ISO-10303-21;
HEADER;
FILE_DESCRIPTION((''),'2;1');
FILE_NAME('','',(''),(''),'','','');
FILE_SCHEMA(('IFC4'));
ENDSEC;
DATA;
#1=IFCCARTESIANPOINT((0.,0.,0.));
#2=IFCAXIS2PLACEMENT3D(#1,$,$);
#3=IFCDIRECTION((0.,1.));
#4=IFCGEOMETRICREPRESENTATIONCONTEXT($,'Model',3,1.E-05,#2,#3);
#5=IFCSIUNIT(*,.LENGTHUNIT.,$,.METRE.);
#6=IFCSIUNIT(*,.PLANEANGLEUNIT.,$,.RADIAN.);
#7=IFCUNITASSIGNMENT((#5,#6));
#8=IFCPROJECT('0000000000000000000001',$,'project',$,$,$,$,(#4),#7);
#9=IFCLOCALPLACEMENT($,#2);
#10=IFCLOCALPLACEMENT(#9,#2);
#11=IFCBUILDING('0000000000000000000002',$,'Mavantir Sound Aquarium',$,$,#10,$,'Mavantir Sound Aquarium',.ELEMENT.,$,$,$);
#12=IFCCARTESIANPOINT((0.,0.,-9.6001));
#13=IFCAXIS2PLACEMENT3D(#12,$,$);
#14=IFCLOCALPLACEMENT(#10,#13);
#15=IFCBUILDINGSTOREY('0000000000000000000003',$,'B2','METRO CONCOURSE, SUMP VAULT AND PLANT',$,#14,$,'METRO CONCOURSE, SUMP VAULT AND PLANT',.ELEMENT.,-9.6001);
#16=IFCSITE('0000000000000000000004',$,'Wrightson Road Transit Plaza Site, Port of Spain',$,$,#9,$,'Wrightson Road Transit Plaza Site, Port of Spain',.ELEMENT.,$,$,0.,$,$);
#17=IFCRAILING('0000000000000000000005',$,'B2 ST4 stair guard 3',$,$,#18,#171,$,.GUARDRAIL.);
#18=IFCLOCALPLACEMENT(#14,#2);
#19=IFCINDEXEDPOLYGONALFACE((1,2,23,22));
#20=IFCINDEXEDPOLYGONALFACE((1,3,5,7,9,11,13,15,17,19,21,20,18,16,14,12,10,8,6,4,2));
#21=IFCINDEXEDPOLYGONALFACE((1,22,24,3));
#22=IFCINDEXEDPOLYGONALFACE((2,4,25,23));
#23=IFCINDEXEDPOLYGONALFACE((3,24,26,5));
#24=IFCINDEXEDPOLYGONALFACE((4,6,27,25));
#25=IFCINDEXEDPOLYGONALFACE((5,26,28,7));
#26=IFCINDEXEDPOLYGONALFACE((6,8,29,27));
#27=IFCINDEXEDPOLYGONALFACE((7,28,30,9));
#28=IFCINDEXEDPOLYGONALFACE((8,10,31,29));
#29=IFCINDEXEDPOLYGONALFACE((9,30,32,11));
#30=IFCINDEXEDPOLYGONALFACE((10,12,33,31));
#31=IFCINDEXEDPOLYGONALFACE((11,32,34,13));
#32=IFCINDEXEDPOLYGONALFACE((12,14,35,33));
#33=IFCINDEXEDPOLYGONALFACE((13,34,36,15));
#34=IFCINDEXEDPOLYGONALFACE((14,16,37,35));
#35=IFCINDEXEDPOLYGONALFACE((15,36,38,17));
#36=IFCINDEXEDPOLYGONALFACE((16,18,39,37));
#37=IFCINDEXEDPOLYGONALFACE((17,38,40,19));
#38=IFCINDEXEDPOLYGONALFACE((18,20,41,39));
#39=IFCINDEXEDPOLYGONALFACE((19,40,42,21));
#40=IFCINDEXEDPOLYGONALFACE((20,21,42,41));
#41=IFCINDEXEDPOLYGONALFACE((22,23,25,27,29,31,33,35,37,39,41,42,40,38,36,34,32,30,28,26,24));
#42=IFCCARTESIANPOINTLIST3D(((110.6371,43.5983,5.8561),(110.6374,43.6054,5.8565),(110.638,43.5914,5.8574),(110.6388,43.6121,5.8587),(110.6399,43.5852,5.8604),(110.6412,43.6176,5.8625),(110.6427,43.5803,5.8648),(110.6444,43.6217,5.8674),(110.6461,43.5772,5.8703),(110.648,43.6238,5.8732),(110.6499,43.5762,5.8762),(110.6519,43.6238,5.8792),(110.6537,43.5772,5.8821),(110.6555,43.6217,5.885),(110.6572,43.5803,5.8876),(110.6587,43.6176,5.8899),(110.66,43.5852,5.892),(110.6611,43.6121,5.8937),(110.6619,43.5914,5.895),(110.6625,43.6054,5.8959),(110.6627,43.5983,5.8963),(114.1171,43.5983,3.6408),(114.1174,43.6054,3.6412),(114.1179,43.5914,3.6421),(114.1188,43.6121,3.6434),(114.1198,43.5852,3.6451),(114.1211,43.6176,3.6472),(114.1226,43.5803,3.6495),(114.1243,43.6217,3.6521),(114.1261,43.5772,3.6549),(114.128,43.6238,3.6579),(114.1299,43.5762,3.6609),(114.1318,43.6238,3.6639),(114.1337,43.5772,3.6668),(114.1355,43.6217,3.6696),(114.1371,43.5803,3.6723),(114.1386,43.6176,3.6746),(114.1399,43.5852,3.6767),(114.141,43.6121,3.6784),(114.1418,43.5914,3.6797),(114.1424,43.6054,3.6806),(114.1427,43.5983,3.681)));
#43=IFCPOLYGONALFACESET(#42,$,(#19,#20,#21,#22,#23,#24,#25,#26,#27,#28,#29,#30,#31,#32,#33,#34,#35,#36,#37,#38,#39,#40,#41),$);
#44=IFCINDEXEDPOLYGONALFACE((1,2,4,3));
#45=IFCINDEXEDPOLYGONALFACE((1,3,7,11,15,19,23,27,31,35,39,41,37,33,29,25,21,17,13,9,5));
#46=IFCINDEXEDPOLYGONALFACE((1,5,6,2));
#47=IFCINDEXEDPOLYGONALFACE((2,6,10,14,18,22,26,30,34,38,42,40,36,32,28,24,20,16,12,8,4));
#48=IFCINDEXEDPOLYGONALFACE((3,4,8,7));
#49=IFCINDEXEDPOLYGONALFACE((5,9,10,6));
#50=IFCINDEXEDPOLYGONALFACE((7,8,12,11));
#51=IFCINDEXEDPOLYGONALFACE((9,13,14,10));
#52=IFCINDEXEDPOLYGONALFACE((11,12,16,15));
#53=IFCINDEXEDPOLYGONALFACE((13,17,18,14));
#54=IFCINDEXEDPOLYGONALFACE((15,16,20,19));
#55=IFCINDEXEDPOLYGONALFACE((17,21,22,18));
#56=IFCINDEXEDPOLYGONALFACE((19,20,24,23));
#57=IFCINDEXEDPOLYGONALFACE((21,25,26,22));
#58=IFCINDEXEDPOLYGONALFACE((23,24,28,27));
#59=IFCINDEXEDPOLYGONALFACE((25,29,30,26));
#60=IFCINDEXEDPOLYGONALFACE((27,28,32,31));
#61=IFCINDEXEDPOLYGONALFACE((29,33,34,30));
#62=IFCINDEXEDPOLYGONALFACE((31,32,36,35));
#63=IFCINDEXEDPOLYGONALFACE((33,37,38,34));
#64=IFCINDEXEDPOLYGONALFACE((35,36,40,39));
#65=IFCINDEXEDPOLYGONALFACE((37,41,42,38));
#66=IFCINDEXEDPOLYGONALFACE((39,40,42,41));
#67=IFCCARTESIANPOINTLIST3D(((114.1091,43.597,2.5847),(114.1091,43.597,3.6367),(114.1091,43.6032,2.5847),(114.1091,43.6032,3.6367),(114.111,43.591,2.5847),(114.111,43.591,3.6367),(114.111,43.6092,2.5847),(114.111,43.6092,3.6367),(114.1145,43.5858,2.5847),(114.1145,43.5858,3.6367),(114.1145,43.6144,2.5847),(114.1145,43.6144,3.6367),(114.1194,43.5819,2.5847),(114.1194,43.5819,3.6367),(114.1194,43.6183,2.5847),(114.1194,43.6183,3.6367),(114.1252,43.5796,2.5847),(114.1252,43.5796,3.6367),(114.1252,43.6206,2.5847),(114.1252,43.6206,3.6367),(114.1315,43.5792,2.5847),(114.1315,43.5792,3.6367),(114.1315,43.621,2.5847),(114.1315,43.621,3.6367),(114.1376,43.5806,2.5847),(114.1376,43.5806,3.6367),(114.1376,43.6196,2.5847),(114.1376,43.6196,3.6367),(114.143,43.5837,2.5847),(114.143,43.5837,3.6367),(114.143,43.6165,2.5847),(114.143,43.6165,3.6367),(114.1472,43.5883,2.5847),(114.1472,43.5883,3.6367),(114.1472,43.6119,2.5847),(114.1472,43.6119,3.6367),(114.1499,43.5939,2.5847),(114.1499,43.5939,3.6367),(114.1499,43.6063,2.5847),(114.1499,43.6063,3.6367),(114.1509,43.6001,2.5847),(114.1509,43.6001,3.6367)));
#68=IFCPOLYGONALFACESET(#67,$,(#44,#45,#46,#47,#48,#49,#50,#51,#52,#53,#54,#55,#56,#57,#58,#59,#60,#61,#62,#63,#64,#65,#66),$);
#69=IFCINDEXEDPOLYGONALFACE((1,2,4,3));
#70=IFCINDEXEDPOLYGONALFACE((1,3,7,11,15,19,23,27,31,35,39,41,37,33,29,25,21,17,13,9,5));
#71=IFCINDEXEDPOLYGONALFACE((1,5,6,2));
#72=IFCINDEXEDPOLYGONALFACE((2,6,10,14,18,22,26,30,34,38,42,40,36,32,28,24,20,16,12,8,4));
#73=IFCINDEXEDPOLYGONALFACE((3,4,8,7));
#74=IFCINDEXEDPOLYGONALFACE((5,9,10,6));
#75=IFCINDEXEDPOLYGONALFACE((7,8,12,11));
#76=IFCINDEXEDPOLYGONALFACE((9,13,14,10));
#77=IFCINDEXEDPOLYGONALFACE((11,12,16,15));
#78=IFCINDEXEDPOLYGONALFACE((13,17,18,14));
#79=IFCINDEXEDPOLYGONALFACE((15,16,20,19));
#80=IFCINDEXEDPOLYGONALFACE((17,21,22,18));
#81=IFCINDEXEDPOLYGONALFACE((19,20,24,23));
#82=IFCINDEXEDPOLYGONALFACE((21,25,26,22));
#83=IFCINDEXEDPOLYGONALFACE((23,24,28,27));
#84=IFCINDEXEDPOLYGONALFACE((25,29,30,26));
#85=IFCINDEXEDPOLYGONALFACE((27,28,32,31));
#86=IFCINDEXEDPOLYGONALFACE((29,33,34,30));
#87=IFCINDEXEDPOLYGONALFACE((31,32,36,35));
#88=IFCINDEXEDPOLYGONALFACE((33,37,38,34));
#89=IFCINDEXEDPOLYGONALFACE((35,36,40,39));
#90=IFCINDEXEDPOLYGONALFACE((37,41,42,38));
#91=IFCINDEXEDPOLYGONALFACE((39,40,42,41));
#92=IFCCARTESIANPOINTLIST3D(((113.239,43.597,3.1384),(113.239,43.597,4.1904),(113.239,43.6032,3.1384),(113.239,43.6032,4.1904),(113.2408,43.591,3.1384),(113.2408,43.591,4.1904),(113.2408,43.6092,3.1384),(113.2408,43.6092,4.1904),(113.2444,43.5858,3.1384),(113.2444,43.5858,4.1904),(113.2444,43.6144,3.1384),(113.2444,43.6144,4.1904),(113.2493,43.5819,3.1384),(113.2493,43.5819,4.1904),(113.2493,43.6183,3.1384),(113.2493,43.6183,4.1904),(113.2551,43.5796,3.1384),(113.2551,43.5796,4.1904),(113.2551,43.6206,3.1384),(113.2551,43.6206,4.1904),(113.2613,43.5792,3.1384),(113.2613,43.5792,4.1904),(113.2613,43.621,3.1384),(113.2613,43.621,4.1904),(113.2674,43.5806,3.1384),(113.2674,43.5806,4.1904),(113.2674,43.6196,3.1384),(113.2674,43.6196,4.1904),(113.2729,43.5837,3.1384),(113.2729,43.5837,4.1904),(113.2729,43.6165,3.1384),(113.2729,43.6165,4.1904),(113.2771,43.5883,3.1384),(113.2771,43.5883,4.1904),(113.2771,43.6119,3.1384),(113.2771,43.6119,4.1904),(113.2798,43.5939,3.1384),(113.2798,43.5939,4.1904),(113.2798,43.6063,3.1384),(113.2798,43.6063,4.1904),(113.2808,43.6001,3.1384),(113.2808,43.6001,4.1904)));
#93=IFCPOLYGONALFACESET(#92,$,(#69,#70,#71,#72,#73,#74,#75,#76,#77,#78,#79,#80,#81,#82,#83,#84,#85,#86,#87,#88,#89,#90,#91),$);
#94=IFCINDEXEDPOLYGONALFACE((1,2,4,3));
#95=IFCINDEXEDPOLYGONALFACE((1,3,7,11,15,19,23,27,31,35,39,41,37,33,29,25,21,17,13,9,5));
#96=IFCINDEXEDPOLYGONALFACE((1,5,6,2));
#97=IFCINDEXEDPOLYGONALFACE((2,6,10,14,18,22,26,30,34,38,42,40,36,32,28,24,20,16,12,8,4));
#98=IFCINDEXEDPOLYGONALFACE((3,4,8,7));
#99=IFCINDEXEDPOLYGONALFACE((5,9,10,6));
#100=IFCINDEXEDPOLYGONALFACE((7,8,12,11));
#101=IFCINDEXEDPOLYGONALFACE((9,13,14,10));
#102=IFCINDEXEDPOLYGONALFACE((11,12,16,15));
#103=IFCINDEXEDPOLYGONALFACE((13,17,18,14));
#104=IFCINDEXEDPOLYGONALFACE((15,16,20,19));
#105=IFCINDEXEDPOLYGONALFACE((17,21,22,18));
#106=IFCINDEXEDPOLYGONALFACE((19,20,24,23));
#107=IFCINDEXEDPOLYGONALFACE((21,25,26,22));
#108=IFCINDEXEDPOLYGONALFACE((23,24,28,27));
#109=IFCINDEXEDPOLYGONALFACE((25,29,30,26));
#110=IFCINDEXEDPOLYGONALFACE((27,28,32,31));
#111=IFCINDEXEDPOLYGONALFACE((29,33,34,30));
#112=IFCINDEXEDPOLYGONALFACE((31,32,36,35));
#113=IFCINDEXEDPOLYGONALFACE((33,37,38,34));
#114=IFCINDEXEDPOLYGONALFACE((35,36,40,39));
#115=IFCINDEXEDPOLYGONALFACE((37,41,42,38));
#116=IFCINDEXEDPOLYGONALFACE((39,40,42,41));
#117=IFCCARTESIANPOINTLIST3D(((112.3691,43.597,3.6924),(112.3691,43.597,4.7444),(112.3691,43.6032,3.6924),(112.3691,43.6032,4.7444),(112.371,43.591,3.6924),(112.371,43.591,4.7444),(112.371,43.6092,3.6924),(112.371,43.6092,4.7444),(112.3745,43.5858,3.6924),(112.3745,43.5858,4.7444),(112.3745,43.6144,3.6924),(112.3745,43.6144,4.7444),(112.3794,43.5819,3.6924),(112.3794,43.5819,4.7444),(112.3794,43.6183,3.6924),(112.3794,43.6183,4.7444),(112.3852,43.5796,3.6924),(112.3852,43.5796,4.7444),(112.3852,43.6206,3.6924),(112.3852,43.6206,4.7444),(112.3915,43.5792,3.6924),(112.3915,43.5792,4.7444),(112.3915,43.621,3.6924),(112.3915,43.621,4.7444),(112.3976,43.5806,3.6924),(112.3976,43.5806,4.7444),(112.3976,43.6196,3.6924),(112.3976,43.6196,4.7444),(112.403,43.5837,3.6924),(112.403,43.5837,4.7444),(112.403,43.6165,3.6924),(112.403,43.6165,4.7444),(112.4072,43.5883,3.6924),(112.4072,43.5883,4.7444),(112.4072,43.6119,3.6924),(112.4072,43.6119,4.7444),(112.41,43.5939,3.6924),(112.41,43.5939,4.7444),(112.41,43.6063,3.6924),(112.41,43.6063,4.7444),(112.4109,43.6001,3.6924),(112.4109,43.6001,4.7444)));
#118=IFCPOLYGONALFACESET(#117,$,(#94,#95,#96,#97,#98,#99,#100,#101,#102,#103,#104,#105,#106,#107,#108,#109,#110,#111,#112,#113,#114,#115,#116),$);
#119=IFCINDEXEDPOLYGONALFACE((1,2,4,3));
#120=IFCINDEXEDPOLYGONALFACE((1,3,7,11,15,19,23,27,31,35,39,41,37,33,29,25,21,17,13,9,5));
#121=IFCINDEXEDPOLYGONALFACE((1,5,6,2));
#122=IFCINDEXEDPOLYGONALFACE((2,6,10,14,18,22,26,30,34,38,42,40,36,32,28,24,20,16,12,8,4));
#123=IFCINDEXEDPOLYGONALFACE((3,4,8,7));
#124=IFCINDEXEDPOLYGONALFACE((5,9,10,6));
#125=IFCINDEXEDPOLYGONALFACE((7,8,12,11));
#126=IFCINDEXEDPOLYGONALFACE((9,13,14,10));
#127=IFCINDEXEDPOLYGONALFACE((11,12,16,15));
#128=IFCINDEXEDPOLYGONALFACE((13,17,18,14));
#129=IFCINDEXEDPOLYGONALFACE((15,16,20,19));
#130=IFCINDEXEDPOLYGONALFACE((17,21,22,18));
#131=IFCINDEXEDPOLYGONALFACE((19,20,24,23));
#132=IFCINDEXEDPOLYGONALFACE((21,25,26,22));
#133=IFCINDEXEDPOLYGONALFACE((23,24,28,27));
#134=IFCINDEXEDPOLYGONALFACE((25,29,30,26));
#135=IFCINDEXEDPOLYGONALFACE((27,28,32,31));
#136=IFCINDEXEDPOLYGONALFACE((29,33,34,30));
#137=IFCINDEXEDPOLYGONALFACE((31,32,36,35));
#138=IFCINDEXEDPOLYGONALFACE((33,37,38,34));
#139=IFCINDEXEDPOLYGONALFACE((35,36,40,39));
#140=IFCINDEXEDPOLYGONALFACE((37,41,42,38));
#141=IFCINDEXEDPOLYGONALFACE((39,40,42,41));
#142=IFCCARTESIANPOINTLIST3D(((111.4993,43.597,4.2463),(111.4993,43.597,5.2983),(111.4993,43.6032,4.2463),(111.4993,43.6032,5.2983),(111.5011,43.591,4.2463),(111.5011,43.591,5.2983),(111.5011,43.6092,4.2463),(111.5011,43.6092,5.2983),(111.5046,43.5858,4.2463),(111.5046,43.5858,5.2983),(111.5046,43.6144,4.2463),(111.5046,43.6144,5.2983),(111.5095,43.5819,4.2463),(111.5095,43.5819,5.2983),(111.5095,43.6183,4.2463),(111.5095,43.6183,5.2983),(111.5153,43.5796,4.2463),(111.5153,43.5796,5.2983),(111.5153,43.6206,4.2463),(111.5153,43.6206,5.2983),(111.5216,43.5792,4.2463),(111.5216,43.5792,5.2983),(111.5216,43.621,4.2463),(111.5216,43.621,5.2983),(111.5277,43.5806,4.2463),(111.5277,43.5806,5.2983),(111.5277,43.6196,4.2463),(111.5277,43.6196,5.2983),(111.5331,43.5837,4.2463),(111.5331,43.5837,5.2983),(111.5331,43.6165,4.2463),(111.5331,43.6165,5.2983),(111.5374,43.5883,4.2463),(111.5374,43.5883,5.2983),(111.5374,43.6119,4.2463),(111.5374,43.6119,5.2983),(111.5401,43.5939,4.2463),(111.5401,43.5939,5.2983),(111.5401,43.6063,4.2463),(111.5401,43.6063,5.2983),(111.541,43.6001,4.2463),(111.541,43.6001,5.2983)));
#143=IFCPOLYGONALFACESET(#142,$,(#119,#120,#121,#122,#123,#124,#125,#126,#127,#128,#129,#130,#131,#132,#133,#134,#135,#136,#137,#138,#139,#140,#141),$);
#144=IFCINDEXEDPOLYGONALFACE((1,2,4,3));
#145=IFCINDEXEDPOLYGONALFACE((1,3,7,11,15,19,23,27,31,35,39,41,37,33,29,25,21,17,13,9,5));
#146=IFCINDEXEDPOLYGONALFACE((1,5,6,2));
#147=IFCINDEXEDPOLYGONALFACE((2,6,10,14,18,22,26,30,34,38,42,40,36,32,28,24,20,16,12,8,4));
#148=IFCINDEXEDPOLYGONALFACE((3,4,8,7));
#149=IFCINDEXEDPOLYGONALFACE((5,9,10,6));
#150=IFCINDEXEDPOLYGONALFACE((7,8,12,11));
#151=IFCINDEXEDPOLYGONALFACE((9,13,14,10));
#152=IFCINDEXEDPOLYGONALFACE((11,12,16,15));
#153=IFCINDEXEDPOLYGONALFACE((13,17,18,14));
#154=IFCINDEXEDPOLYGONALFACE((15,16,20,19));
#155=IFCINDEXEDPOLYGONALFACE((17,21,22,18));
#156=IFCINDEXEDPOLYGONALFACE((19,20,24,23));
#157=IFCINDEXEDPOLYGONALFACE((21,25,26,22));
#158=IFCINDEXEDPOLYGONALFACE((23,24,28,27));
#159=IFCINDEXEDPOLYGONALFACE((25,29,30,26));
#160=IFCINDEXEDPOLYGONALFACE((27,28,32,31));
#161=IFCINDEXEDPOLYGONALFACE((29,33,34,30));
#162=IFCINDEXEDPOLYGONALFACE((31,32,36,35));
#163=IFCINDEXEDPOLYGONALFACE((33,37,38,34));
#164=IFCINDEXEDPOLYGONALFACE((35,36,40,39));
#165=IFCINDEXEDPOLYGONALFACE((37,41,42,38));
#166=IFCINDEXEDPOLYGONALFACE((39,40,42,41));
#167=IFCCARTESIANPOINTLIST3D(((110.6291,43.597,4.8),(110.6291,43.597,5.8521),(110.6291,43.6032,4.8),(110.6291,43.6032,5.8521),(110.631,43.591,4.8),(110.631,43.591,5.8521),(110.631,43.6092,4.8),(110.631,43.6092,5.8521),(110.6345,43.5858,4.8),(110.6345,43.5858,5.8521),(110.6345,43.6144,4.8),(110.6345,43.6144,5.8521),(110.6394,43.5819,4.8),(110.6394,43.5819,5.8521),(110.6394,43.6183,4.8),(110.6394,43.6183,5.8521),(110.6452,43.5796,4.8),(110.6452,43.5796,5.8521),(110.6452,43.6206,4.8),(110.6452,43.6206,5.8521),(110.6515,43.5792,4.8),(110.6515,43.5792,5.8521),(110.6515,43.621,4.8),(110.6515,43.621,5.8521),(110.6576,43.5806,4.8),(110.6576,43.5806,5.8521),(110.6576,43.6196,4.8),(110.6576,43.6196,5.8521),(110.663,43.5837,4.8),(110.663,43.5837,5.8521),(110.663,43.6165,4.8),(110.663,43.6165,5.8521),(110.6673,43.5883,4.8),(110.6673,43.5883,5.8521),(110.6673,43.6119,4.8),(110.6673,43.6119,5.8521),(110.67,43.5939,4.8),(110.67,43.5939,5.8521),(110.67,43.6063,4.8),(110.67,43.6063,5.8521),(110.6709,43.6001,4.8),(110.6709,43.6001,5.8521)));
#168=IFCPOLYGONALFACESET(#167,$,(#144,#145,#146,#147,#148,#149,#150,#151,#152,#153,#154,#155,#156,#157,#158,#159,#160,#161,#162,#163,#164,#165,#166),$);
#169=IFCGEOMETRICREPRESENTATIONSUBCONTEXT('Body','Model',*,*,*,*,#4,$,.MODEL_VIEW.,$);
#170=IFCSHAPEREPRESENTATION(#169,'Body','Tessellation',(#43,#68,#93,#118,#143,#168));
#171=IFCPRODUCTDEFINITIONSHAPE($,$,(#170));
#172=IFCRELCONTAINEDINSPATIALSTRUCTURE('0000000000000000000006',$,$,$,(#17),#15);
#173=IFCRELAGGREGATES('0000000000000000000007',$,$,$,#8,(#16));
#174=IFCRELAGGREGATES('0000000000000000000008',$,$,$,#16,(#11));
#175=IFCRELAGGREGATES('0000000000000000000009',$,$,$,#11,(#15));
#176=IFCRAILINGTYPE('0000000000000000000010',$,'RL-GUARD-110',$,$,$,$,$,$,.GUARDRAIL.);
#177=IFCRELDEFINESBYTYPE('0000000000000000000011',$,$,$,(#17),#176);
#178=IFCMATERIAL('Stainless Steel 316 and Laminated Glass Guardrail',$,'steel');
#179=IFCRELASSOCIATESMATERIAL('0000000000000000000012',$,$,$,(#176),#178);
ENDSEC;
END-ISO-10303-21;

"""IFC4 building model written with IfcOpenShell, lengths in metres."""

from ifc_helpers import new_model, si_unit, direction, frame, origin, origin_2d, place, context, subcontext, project, spatial, circle, extrude, material, type_object, element, save


model = new_model("IFC4")

# Units and contexts
model_context = context("Model", 3, precision=1e-05, world=origin(), true_north=direction((0.0, 1.0)))
body_context = subcontext(model_context, "Body", "Model", "MODEL_VIEW")
ifc_project = project(units=[si_unit("LENGTHUNIT", "METRE"), si_unit("PLANEANGLEUNIT", "RADIAN")], contexts=[model_context])

# Site, building, storey
site_placement = place(None, origin())
site = spatial("IfcSite", under=ifc_project, at=site_placement, Name="Wrightson Road Transit Plaza Site, Port of Spain", LongName="Wrightson Road Transit Plaza Site, Port of Spain", CompositionType="ELEMENT", RefElevation=0.0)
building_placement = place(site_placement, origin())
building = spatial("IfcBuilding", under=site, at=building_placement, Name="Mavantir Sound Aquarium", LongName="Mavantir Sound Aquarium", CompositionType="ELEMENT")
storey_placement = place(building_placement, frame((0.0, 0.0, -9.6001)))
storey = spatial("IfcBuildingStorey", under=building, at=storey_placement, Name="B2", Description="METRO CONCOURSE, SUMP VAULT AND PLANT", LongName="METRO CONCOURSE, SUMP VAULT AND PLANT", CompositionType="ELEMENT", Elevation=-9.6001)

# Railing
ifc_material_1 = material(Name="Stainless Steel 316 and Laminated Glass Guardrail", Category="steel")
railing_type_1 = type_object("IfcRailingType", Name="RL-GUARD-110", PredefinedType="GUARDRAIL", material=ifc_material_1)
railing_1_placement = place(storey_placement, frame((114.1299, 43.6001, 2.5847)))
element("IfcRailing", 1, at=railing_1_placement, inside=storey, type_object=railing_type_1, Name="B2 ST4 stair guard 3", PredefinedType="GUARDRAIL", context=body_context, shape_type="SweptSolid", body=[
    extrude(circle(Radius=0.0239, at=origin_2d()), frame((0.0, 0.0, 1.0762), z_axis=(-0.843574, 0.0, 0.537013), x_axis=(0.0, -1.0, 0.0)), (0.0, 0.0, 1.0), 4.1252),
    extrude(circle(Radius=0.021, at=origin_2d()), origin(), (0.0, 0.0, 1.0), 1.052),
    extrude(circle(Radius=0.021, at=origin_2d()), frame((-0.8701, 0.0, 0.5537)), (0.0, 0.0, 1.0), 1.052),
    extrude(circle(Radius=0.021, at=origin_2d()), frame((-1.74, 0.0, 1.1077)), (0.0, 0.0, 1.0), 1.052),
    extrude(circle(Radius=0.021, at=origin_2d()), frame((-2.6099, 0.0, 1.6616)), (0.0, 0.0, 1.0), 1.052),
    extrude(circle(Radius=0.021, at=origin_2d()), frame((-3.48, 0.0, 2.2153)), (0.0, 0.0, 1.0), 1.052),
])

save(model, "model.ifc")
